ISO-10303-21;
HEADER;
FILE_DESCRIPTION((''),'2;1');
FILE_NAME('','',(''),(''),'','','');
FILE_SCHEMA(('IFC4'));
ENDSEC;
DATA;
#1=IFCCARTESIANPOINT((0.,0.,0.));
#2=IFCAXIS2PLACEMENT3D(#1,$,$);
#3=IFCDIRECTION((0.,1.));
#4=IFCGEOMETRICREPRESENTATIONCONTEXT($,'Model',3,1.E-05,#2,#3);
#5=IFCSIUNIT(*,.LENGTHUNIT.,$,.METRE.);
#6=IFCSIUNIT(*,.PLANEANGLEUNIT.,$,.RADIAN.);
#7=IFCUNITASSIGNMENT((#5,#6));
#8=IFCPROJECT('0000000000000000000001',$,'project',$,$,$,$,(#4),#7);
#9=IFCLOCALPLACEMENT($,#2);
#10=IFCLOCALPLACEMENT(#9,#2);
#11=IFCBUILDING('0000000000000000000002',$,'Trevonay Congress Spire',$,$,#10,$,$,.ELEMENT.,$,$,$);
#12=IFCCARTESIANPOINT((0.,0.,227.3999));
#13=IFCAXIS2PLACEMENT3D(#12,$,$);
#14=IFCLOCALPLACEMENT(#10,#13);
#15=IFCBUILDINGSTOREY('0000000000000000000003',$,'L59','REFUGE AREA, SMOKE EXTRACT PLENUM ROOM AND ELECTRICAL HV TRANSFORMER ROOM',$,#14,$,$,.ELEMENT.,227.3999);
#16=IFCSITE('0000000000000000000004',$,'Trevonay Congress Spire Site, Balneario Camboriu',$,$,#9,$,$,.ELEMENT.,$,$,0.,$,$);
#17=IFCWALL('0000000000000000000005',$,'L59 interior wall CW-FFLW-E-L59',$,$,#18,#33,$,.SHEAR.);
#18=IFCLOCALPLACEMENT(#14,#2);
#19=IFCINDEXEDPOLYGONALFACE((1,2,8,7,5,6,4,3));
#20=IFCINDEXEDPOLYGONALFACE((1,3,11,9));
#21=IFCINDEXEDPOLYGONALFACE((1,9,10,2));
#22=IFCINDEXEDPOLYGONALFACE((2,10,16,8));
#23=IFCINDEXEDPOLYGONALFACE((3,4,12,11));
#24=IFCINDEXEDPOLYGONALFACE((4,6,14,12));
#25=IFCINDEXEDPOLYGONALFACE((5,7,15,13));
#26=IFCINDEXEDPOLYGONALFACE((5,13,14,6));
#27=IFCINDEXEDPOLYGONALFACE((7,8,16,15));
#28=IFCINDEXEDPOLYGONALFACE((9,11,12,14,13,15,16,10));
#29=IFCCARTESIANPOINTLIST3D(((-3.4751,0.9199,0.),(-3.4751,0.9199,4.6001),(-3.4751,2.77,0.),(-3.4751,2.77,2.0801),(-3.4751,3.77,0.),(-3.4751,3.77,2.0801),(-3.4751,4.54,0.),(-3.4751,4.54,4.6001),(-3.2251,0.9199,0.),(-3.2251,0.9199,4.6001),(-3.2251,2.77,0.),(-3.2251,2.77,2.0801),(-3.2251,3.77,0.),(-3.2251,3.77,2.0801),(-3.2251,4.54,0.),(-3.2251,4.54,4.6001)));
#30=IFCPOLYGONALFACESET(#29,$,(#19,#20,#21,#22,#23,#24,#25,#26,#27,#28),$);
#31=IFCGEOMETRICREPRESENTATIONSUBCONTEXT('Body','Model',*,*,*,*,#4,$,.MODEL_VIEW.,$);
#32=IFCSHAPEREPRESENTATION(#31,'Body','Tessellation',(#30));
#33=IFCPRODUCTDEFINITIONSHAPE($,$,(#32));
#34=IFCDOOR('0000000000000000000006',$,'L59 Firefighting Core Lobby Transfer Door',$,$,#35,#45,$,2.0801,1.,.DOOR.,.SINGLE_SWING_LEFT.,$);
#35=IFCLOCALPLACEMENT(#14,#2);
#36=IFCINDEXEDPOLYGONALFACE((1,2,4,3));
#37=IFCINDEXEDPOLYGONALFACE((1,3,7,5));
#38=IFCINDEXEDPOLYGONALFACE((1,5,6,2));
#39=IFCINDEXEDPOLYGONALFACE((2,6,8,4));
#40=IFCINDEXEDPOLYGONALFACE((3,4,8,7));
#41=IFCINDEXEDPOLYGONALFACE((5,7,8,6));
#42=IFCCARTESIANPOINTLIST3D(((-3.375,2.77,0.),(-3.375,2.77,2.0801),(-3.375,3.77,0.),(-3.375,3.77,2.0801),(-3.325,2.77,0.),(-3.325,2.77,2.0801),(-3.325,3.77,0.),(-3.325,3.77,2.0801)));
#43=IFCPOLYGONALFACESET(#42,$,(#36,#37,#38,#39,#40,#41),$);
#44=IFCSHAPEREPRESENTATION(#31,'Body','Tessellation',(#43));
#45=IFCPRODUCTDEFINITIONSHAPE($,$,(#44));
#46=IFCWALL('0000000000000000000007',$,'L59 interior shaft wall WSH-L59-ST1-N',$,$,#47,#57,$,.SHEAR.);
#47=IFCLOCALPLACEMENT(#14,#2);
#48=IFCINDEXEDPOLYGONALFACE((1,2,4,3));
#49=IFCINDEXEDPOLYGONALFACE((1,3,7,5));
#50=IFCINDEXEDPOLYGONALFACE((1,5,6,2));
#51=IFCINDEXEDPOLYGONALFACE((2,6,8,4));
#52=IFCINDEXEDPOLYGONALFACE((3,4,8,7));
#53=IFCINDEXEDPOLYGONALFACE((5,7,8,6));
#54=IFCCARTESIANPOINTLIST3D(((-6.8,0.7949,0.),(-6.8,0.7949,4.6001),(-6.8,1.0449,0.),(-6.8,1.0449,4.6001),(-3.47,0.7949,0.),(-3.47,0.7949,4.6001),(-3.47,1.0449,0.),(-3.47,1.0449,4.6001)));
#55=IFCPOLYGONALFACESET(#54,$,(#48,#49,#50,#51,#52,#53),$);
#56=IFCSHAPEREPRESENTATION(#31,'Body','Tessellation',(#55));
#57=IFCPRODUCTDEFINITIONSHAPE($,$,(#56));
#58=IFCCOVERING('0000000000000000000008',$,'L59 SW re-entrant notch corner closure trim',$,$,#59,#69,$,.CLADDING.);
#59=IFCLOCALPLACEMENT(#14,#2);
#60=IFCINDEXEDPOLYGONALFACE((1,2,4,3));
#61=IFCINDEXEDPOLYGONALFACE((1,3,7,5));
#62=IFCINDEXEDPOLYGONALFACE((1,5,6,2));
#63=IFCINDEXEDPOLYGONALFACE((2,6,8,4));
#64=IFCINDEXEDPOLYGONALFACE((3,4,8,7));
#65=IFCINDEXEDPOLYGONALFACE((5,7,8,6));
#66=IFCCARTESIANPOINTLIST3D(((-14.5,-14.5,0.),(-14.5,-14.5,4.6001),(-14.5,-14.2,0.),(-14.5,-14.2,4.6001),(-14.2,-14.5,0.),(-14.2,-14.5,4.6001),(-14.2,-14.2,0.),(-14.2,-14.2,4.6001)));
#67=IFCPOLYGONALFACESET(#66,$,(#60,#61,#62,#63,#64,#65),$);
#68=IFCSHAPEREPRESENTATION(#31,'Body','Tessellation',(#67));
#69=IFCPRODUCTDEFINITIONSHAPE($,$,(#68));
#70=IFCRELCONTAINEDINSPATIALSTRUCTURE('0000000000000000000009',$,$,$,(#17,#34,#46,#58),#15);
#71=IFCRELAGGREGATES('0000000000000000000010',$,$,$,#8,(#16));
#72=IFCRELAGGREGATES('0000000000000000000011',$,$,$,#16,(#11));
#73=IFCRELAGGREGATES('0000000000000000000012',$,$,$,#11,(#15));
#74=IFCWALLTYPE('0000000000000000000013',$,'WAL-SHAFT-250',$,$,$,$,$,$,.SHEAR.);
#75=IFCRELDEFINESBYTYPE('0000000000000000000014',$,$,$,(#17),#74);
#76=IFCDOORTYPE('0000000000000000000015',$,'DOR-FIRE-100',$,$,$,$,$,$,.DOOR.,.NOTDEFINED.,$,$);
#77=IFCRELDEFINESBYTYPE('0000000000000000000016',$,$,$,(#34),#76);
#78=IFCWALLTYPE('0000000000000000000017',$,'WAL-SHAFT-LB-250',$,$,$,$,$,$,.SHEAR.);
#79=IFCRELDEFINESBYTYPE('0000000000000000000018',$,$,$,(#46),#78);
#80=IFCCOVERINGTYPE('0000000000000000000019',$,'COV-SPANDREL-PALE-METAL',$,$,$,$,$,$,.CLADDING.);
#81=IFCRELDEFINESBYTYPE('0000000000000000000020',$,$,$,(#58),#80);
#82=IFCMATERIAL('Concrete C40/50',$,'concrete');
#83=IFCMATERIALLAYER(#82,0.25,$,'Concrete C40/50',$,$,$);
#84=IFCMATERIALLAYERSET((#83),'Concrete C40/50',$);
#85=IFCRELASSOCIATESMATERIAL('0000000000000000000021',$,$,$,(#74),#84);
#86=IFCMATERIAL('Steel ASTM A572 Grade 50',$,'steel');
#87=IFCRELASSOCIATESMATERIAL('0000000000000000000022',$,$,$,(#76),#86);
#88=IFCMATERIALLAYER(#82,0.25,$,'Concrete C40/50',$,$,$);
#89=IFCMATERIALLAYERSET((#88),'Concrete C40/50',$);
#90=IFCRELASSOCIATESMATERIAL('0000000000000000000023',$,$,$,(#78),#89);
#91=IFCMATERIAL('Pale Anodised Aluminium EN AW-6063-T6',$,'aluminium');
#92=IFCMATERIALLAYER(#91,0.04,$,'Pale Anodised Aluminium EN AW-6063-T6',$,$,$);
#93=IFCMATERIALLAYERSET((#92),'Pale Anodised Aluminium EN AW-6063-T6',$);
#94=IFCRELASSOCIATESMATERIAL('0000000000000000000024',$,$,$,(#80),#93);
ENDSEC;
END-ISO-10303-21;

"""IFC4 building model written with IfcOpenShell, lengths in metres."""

from ifc_helpers import new_model, si_unit, direction, frame, frame_2d, origin, place, context, subcontext, project, spatial, polyline, rectangle, outline, extrude, material, layer, layer_set, type_object, element, fill, save


model = new_model("IFC4")

# Units and contexts
model_context = context("Model", 3, precision=1e-05, world=origin(), true_north=direction((0.0, 1.0)))
body_context = subcontext(model_context, "Body", "Model", "MODEL_VIEW")
ifc_project = project(units=[si_unit("LENGTHUNIT", "METRE"), si_unit("PLANEANGLEUNIT", "RADIAN")], contexts=[model_context])

# Site, building, storey
site_placement = place(None, origin())
site = spatial("IfcSite", under=ifc_project, at=site_placement, Name="Trevonay Congress Spire Site, Balneario Camboriu", CompositionType="ELEMENT", RefElevation=0.0)
building_placement = place(site_placement, origin())
building = spatial("IfcBuilding", under=site, at=building_placement, Name="Trevonay Congress Spire", CompositionType="ELEMENT")
storey_placement = place(building_placement, frame((0.0, 0.0, 227.3999)))
storey = spatial("IfcBuildingStorey", under=building, at=storey_placement, Name="L59", Description="REFUGE AREA, SMOKE EXTRACT PLENUM ROOM AND ELECTRICAL HV TRANSFORMER ROOM", CompositionType="ELEMENT", Elevation=227.3999)

# Shared definitions
ifc_material_1 = material(Name="Steel ASTM A572 Grade 50", Category="steel")

# Shared definitions
ifc_material_2 = material(Name="Concrete C40/50", Category="concrete")

# Shared definitions
ifc_layer_1 = layer(ifc_material_2, 0.25, Name="Concrete C40/50")
ifc_layer_set_1 = layer_set([ifc_layer_1], Name="Concrete C40/50")
wall_type_1 = type_object("IfcWallType", Name="WAL-SHAFT-250", PredefinedType="SHEAR", material=ifc_layer_set_1)
ifc_material_3 = material(Name="Pale Anodised Aluminium EN AW-6063-T6", Category="aluminium")

# Wall, opening, door
wall_1_placement = place(storey_placement, frame((-3.3501, 0.9199, 0.0), z_axis=(0.0, 0.0, 1.0), x_axis=(0.0, 1.0, 0.0)))
wall_1 = element("IfcWall", 1, at=wall_1_placement, inside=storey, type_object=wall_type_1, Name="L59 interior wall CW-FFLW-E-L59", PredefinedType="SHEAR", context=body_context, shape_type="SweptSolid", body=[
    extrude(rectangle(XDim=3.6201, YDim=0.25, at=frame_2d((1.8101, 0.0))), origin(), (0.0, 0.0, 1.0), 4.6001),
])
opening_1_placement = place(wall_1_placement, frame((1.8501, 0.0, 0.0)))
opening_1 = element("IfcOpeningElement", 2, at=opening_1_placement, cuts=wall_1, PredefinedType="OPENING", context=body_context, shape_type="SweptSolid", body=[
    extrude(rectangle(XDim=1.0, YDim=2.0801, at=frame_2d((0.5, 1.04))), frame((0.0, 0.135, 0.0), z_axis=(0.0, -1.0, 0.0), x_axis=(1.0, 0.0, 0.0)), (0.0, 0.0, 1.0), 0.27),
])
door_type_1 = type_object("IfcDoorType", Name="DOR-FIRE-100", OperationType="NOTDEFINED", PredefinedType="DOOR", material=ifc_material_1)
door_1_placement = place(opening_1_placement, origin())
door_1 = element("IfcDoor", 3, at=door_1_placement, inside=storey, type_object=door_type_1, Name="L59 Firefighting Core Lobby Transfer Door", OperationType="SINGLE_SWING_LEFT", OverallHeight=2.0801, OverallWidth=1.0, PredefinedType="DOOR", context=body_context, shape_type="SweptSolid", body=[
    extrude(rectangle(XDim=1.0, YDim=2.0801, at=frame_2d((0.5, 1.04))), frame((0.0, 0.0249, 0.0), z_axis=(0.0, -1.0, 0.0), x_axis=(1.0, 0.0, 0.0)), (0.0, 0.0, 1.0), 0.05),
])
fill(opening_1, door_1)

# Wall
ifc_layer_2 = layer(ifc_material_2, 0.25, Name="Concrete C40/50")
ifc_layer_set_2 = layer_set([ifc_layer_2], Name="Concrete C40/50")
wall_type_2 = type_object("IfcWallType", Name="WAL-SHAFT-LB-250", PredefinedType="SHEAR", material=ifc_layer_set_2)
wall_2_placement = place(storey_placement, frame((-6.8, 0.9199, 0.0), z_axis=(0.0, 0.0, 1.0), x_axis=(1.0, 0.0, 0.0)))
element("IfcWall", 4, at=wall_2_placement, inside=storey, type_object=wall_type_2, Name="L59 interior shaft wall WSH-L59-ST1-N", PredefinedType="SHEAR", context=body_context, shape_type="SweptSolid", body=[
    extrude(rectangle(XDim=3.3301, YDim=0.25, at=frame_2d((1.665, 0.0))), origin(), (0.0, 0.0, 1.0), 4.6001),
])

# Covering
ifc_layer_3 = layer(ifc_material_3, 0.04, Name="Pale Anodised Aluminium EN AW-6063-T6")
ifc_layer_set_3 = layer_set([ifc_layer_3], Name="Pale Anodised Aluminium EN AW-6063-T6")
covering_type = type_object("IfcCoveringType", Name="COV-SPANDREL-PALE-METAL", PredefinedType="CLADDING", material=ifc_layer_set_3)
covering_placement = place(storey_placement, origin())
element("IfcCovering", 5, at=covering_placement, inside=storey, type_object=covering_type, Name="L59 SW re-entrant notch corner closure trim", PredefinedType="CLADDING", context=body_context, shape_type="SweptSolid", body=[
    extrude(outline(polyline([(-14.5, -14.5), (-14.2, -14.5), (-14.2, -14.2), (-14.5, -14.2), (-14.5, -14.5)])), origin(), (0.0, 0.0, 1.0), 4.6001),
])

save(model, "model.ifc")
